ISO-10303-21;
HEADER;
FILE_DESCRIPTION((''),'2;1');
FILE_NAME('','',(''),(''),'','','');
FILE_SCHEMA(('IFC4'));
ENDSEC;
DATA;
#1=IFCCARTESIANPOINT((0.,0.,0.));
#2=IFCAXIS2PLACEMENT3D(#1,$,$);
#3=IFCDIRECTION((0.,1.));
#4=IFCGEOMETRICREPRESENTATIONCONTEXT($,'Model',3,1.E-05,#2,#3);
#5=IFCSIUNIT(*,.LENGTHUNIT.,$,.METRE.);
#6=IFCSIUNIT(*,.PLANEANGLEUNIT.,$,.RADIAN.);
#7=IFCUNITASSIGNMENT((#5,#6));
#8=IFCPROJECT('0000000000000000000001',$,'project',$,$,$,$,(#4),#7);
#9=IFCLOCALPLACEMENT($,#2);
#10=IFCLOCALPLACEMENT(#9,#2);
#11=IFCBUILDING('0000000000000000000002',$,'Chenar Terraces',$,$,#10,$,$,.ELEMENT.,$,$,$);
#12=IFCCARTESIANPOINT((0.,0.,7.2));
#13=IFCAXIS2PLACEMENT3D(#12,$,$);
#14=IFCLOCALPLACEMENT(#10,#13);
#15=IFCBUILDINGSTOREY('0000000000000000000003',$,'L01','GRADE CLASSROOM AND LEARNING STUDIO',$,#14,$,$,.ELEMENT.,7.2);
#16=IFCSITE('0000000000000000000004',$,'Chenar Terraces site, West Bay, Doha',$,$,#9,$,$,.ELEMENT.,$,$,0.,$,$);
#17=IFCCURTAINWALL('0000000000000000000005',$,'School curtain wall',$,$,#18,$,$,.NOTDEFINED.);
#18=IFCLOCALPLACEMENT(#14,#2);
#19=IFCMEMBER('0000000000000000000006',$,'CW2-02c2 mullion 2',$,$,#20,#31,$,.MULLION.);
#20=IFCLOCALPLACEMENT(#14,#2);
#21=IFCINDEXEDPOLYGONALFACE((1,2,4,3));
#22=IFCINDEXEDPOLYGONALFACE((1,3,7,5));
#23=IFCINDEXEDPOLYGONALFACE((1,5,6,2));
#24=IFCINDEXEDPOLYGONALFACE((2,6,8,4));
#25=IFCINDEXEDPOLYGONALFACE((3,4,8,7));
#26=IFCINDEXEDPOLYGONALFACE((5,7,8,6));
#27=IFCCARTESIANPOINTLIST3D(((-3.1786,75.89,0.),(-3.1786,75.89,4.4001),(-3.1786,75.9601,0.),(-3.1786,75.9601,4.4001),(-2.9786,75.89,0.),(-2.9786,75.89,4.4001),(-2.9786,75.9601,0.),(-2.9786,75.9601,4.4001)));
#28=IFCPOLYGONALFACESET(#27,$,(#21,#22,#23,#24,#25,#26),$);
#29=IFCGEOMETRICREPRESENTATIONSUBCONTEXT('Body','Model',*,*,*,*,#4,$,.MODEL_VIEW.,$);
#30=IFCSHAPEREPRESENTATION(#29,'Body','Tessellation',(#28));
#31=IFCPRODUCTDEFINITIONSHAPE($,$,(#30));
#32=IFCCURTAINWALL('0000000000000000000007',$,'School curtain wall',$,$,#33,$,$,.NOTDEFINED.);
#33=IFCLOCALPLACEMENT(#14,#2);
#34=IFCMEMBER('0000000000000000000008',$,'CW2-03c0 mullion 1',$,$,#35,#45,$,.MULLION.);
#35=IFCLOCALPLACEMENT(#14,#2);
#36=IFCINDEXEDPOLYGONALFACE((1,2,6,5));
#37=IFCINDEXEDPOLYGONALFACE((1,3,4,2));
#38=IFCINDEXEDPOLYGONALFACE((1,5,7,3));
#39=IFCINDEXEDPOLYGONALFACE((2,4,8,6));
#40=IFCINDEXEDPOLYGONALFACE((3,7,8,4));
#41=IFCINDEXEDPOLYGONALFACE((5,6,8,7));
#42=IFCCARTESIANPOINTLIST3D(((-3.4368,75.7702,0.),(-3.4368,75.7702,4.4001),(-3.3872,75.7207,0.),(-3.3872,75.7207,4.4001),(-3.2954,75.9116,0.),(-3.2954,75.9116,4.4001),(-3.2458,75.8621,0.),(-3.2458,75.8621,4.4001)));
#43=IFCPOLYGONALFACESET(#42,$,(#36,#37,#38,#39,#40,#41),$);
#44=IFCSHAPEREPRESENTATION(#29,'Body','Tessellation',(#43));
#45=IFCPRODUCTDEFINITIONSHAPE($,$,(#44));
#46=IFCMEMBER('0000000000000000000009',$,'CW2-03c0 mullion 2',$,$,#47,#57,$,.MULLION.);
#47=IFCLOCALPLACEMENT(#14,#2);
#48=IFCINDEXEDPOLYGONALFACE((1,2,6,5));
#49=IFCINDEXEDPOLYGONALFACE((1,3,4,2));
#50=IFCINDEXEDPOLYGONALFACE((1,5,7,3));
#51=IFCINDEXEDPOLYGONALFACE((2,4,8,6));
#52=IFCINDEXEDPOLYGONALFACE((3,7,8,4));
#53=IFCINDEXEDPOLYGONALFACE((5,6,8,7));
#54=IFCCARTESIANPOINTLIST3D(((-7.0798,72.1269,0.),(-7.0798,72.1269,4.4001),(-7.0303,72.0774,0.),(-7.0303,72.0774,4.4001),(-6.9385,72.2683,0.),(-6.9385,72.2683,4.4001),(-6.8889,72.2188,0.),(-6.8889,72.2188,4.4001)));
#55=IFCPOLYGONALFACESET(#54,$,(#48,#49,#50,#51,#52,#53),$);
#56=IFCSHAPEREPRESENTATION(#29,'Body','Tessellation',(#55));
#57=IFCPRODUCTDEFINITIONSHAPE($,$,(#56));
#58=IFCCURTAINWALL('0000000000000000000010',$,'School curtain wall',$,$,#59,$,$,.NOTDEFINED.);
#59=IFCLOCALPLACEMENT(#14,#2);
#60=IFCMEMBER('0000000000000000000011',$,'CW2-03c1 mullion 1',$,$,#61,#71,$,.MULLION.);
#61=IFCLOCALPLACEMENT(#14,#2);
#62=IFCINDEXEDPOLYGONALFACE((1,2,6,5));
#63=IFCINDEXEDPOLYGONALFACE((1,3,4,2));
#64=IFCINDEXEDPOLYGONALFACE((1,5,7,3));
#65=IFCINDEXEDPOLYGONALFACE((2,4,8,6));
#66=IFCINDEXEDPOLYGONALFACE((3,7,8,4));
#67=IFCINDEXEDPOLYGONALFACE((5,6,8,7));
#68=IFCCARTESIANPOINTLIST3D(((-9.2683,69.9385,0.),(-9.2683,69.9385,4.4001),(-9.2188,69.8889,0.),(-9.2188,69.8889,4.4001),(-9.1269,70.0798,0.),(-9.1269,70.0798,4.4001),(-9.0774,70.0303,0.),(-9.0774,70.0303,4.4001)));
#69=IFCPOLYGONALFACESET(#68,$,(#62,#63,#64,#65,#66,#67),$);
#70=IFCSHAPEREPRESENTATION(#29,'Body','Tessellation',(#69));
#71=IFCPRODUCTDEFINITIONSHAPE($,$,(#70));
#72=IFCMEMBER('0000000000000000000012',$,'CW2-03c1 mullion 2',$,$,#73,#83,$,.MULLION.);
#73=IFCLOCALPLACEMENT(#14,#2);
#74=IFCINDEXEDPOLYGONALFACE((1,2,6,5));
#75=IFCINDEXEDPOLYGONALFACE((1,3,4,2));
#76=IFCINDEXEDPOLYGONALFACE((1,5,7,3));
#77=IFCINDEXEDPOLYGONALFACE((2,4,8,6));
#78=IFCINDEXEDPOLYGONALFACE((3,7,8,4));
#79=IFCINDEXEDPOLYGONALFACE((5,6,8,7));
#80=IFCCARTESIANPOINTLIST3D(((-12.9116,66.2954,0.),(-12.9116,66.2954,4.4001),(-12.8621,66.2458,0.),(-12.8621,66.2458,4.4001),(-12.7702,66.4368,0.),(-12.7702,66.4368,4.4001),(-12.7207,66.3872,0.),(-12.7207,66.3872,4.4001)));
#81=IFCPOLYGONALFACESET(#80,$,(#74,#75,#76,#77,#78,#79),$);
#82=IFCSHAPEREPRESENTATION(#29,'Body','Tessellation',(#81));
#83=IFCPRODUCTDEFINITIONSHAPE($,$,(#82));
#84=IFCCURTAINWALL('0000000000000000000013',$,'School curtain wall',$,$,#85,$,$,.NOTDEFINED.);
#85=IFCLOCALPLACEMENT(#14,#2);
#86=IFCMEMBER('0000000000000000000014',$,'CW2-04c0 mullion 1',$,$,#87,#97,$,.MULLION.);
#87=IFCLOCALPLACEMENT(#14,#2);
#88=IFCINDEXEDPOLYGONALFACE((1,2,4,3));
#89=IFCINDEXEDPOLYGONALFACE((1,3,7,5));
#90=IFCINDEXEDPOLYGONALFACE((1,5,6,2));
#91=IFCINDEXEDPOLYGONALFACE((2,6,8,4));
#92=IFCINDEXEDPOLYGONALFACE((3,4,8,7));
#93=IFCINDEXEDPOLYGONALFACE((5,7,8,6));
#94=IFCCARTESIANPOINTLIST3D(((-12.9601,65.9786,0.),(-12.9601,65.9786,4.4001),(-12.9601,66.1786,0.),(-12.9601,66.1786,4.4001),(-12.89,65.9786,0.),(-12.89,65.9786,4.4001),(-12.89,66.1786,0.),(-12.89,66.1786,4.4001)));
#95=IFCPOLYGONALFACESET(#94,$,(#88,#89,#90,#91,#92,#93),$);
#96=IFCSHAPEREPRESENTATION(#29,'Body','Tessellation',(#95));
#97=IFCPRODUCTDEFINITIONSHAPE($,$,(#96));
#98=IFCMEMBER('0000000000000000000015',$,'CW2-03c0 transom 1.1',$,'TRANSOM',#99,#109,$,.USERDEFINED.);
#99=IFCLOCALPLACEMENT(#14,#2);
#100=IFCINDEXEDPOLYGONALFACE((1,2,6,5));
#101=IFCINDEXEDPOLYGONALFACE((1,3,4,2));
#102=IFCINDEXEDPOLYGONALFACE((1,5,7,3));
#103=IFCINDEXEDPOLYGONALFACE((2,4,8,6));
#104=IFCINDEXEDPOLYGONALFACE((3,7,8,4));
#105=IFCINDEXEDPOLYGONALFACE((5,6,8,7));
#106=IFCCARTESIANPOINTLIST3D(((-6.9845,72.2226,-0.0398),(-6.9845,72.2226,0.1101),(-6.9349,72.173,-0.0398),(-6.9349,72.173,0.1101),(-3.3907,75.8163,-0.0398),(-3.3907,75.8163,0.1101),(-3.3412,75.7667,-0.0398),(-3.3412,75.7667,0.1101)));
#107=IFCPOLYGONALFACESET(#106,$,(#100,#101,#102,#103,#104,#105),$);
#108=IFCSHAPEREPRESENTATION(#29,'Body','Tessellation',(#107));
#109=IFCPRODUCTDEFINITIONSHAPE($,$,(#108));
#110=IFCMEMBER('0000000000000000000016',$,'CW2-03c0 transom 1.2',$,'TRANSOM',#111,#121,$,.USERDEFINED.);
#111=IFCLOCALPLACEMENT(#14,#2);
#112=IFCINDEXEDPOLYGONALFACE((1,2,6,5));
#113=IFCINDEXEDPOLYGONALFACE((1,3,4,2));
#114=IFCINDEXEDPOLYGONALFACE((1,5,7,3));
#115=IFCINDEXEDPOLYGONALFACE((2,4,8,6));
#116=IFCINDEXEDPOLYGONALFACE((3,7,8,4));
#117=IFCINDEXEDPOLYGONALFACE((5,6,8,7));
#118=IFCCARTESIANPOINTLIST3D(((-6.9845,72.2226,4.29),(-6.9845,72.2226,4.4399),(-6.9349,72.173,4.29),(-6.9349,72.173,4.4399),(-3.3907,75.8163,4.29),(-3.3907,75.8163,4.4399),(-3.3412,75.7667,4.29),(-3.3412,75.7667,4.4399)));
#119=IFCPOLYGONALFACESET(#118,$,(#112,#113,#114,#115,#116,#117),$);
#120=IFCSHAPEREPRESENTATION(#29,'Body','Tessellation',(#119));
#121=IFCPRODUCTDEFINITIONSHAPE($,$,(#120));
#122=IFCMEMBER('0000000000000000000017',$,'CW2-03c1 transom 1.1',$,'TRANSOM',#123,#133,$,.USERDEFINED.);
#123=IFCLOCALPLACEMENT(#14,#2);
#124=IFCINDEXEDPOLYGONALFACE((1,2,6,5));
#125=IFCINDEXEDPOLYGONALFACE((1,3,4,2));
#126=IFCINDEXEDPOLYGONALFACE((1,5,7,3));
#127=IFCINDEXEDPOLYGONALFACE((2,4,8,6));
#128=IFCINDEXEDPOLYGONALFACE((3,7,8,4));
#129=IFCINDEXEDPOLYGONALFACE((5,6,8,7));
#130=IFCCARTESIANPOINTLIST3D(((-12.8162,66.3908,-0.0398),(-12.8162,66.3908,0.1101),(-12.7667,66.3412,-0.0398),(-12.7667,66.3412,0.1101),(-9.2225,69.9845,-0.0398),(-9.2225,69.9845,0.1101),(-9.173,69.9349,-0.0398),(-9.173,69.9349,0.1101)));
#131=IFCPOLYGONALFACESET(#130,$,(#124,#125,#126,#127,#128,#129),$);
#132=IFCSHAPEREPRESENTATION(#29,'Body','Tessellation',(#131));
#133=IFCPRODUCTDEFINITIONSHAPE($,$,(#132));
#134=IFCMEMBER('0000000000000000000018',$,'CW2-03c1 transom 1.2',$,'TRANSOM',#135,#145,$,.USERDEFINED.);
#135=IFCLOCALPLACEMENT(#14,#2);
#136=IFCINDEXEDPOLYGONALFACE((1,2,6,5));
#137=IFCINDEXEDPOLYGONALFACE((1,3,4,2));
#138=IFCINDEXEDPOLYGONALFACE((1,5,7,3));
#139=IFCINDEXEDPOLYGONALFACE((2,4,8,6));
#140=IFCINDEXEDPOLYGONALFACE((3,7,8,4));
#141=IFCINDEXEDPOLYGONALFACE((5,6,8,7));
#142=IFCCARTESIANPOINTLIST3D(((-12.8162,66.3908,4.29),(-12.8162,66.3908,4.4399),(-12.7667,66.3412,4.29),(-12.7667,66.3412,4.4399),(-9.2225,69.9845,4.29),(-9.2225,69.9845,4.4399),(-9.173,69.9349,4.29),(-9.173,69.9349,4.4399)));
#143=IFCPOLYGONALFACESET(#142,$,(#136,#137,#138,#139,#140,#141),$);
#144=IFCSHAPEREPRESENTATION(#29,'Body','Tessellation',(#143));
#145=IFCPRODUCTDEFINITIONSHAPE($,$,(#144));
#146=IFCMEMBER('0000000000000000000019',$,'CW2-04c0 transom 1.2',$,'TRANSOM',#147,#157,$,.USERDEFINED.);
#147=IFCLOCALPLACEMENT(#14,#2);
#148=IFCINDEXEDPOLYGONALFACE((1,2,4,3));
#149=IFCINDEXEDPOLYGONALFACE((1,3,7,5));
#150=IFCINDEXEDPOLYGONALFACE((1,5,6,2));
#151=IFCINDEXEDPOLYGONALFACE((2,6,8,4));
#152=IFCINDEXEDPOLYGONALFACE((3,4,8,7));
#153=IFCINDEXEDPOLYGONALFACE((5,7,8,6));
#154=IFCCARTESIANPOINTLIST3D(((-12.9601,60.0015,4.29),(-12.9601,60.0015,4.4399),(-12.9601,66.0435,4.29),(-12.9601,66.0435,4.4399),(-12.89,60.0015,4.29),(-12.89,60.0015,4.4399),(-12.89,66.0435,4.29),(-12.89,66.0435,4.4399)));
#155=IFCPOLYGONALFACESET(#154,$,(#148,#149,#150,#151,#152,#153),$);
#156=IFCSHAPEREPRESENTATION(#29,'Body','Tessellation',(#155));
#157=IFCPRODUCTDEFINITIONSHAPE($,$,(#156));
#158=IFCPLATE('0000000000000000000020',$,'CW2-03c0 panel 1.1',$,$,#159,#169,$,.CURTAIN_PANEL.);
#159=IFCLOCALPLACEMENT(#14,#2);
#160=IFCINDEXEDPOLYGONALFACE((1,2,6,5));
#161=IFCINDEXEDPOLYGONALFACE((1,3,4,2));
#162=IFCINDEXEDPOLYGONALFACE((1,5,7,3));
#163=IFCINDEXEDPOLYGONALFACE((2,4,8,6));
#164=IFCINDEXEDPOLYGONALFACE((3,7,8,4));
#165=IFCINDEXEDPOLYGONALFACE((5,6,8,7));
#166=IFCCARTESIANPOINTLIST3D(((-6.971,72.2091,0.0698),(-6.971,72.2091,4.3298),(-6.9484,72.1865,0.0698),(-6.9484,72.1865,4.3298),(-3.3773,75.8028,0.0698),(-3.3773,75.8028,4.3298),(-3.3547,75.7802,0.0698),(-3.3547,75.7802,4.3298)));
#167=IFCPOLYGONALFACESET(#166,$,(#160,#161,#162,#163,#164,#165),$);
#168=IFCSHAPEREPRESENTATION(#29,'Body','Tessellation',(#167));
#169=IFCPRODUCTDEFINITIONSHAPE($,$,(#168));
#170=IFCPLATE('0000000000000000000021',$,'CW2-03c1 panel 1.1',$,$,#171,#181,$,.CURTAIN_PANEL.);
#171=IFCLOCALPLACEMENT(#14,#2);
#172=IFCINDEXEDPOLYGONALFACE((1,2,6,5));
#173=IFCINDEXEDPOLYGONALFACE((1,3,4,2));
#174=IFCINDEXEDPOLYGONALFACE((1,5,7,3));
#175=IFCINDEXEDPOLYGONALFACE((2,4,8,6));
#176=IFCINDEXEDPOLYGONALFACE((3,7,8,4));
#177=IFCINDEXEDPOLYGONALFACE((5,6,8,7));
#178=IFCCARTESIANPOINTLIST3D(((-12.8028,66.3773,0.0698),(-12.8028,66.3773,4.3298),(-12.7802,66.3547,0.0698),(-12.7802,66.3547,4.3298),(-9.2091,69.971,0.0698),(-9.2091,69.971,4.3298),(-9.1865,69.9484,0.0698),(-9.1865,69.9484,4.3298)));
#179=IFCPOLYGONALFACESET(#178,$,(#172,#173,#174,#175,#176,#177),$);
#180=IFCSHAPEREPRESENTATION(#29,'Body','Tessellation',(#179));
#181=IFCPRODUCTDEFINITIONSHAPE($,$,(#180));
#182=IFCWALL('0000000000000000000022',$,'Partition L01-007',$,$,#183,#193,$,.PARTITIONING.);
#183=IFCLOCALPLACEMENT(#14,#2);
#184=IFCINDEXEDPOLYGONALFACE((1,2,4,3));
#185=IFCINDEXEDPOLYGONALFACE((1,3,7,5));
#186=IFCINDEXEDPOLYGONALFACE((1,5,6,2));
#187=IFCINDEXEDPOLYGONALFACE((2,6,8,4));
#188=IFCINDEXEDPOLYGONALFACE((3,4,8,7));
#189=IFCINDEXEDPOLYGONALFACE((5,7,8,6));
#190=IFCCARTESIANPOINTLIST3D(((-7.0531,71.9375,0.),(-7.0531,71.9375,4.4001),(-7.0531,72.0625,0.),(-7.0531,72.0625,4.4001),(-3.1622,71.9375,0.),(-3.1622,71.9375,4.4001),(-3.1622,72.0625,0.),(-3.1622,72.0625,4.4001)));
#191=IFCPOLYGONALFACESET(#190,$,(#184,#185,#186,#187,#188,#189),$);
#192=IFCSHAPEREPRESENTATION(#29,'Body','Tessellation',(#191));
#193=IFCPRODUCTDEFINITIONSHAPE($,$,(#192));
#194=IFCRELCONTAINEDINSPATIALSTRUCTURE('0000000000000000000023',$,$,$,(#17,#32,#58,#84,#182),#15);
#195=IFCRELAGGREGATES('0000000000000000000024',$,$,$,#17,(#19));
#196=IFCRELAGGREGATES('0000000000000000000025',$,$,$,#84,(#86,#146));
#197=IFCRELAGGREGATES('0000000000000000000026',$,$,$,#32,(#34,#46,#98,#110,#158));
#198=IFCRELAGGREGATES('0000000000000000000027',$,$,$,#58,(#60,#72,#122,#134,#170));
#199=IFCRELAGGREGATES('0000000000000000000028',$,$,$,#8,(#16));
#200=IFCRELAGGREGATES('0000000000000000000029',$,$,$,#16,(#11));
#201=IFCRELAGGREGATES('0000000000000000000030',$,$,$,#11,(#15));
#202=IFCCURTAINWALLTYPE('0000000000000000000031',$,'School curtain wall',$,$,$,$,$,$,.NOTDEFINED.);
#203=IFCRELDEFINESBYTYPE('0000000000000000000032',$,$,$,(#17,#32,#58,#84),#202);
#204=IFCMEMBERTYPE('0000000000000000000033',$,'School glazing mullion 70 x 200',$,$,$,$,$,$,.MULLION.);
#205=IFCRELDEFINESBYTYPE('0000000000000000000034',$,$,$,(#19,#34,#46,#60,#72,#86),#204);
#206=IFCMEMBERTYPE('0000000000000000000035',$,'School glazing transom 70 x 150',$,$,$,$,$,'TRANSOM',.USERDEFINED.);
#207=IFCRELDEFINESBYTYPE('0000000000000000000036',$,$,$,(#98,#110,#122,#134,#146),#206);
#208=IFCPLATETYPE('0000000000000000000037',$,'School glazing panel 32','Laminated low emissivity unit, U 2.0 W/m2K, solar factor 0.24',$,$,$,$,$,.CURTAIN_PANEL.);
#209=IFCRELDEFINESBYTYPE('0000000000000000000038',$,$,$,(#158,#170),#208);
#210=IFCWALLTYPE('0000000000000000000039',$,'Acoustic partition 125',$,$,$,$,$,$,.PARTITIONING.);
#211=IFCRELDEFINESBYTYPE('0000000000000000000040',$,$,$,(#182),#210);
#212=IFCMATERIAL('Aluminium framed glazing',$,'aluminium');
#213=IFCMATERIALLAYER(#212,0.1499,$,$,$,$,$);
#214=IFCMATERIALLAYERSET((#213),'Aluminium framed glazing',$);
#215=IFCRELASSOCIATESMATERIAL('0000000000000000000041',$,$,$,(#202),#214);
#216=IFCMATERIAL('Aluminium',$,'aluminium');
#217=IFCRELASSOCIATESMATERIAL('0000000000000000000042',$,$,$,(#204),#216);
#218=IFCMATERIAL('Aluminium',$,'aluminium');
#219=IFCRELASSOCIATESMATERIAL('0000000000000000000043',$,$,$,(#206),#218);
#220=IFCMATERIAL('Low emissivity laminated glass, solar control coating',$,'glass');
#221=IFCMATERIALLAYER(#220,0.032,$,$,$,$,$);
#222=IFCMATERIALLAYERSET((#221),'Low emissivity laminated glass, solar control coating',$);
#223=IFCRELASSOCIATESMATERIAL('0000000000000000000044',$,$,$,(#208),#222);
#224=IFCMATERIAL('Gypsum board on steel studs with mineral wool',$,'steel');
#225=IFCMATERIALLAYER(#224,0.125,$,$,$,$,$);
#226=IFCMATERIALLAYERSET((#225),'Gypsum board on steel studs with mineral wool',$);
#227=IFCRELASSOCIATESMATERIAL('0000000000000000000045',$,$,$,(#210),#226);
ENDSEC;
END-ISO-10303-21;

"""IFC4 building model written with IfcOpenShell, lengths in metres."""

from ifc_helpers import new_model, si_unit, direction, frame, frame_2d, origin, origin_2d, place, context, subcontext, project, spatial, rectangle, extrude, material, layer, layer_set, material_profile, profile_set, type_object, element, aggregate, save


model = new_model("IFC4")

# Units and contexts
model_context = context("Model", 3, precision=1e-05, world=origin(), true_north=direction((0.0, 1.0)))
body_context = subcontext(model_context, "Body", "Model", "MODEL_VIEW")
ifc_project = project(units=[si_unit("LENGTHUNIT", "METRE"), si_unit("PLANEANGLEUNIT", "RADIAN")], contexts=[model_context])

# Site, building, storey
site_placement = place(None, origin())
site = spatial("IfcSite", under=ifc_project, at=site_placement, Name="Chenar Terraces site, West Bay, Doha", CompositionType="ELEMENT", RefElevation=0.0)
building_placement = place(site_placement, origin())
building = spatial("IfcBuilding", under=site, at=building_placement, Name="Chenar Terraces", CompositionType="ELEMENT")
storey_placement = place(building_placement, frame((0.0, 0.0, 7.2)))
storey = spatial("IfcBuildingStorey", under=building, at=storey_placement, Name="L01", Description="GRADE CLASSROOM AND LEARNING STUDIO", CompositionType="ELEMENT", Elevation=7.2)

# Curtain wall, member
ifc_material_1 = material(Name="Aluminium framed glazing", Category="aluminium")
ifc_layer_1 = layer(ifc_material_1, 0.1499)
ifc_layer_set_1 = layer_set([ifc_layer_1], Name="Aluminium framed glazing")
curtain_wall_type = type_object("IfcCurtainWallType", Name="School curtain wall", PredefinedType="NOTDEFINED", material=ifc_layer_set_1)
placement = place(storey_placement, origin())
curtain_wall_1 = element("IfcCurtainWall", 1, at=placement, inside=storey, type_object=curtain_wall_type, Name="School curtain wall", PredefinedType="NOTDEFINED")
ifc_material_2 = material(Name="Aluminium", Category="aluminium")
ifc_material_profile_1 = material_profile(ifc_material_2, rectangle(XDim=0.0701, YDim=0.2, at=origin_2d()), Name="School glazing mullion 70 x 200")
ifc_profile_set_1 = profile_set([ifc_material_profile_1], Name="Aluminium")
member_type_1 = type_object("IfcMemberType", Name="School glazing mullion 70 x 200", PredefinedType="MULLION", material=ifc_profile_set_1)
member_1_placement = place(storey_placement, frame((-3.0786, 75.925, 0.0), z_axis=(0.0, 0.0, 1.0), x_axis=(0.0, -1.0, 0.0)))
member_1 = element("IfcMember", 2, at=member_1_placement, type_object=member_type_1, Name="CW2-02c2 mullion 2", PredefinedType="MULLION", context=body_context, shape_type="SweptSolid", body=[
    extrude(rectangle(XDim=0.0701, YDim=0.2, at=origin_2d()), origin(), (0.0, 0.0, 1.0), 4.4001),
])
aggregate(curtain_wall_1, [member_1])

# Curtain walls, members
curtain_wall_2 = element("IfcCurtainWall", 3, at=placement, inside=storey, type_object=curtain_wall_type, Name="School curtain wall", PredefinedType="NOTDEFINED")
member_2_placement = place(storey_placement, frame((-3.3413, 75.8162, 0.0), z_axis=(0.0, 0.0, 1.0), x_axis=(0.707107, -0.707107, 0.0)))
member_2 = element("IfcMember", 4, at=member_2_placement, type_object=member_type_1, Name="CW2-03c0 mullion 1", PredefinedType="MULLION", context=body_context, shape_type="SweptSolid", body=[
    extrude(rectangle(XDim=0.0701, YDim=0.2, at=origin_2d()), origin(), (0.0, 0.0, 1.0), 4.4001),
])
member_3_placement = place(storey_placement, frame((-6.9844, 72.1729, 0.0), z_axis=(0.0, 0.0, 1.0), x_axis=(0.707107, -0.707107, 0.0)))
member_3 = element("IfcMember", 5, at=member_3_placement, type_object=member_type_1, Name="CW2-03c0 mullion 2", PredefinedType="MULLION", context=body_context, shape_type="SweptSolid", body=[
    extrude(rectangle(XDim=0.0701, YDim=0.2, at=origin_2d()), origin(), (0.0, 0.0, 1.0), 4.4001),
])
curtain_wall_3 = element("IfcCurtainWall", 6, at=placement, inside=storey, type_object=curtain_wall_type, Name="School curtain wall", PredefinedType="NOTDEFINED")
member_4_placement = place(storey_placement, frame((-9.1729, 69.9844, 0.0), z_axis=(0.0, 0.0, 1.0), x_axis=(0.707107, -0.707107, 0.0)))
member_4 = element("IfcMember", 7, at=member_4_placement, type_object=member_type_1, Name="CW2-03c1 mullion 1", PredefinedType="MULLION", context=body_context, shape_type="SweptSolid", body=[
    extrude(rectangle(XDim=0.0701, YDim=0.2, at=origin_2d()), origin(), (0.0, 0.0, 1.0), 4.4001),
])
member_5_placement = place(storey_placement, frame((-12.8162, 66.3413, 0.0), z_axis=(0.0, 0.0, 1.0), x_axis=(0.707107, -0.707107, 0.0)))
member_5 = element("IfcMember", 8, at=member_5_placement, type_object=member_type_1, Name="CW2-03c1 mullion 2", PredefinedType="MULLION", context=body_context, shape_type="SweptSolid", body=[
    extrude(rectangle(XDim=0.0701, YDim=0.2, at=origin_2d()), origin(), (0.0, 0.0, 1.0), 4.4001),
])

# Curtain wall, member
curtain_wall_4 = element("IfcCurtainWall", 9, at=placement, inside=storey, type_object=curtain_wall_type, Name="School curtain wall", PredefinedType="NOTDEFINED")
member_6_placement = place(storey_placement, frame((-12.925, 66.0786, 0.0), z_axis=(0.0, 0.0, 1.0), x_axis=(1.0, 0.0, 0.0)))
member_6 = element("IfcMember", 10, at=member_6_placement, type_object=member_type_1, Name="CW2-04c0 mullion 1", PredefinedType="MULLION", context=body_context, shape_type="SweptSolid", body=[
    extrude(rectangle(XDim=0.0701, YDim=0.2, at=origin_2d()), origin(), (0.0, 0.0, 1.0), 4.4001),
])

# Members
ifc_material_3 = material(Name="Aluminium", Category="aluminium")
ifc_material_profile_2 = material_profile(ifc_material_3, rectangle(XDim=0.0701, YDim=0.1499, at=origin_2d()), Name="School glazing transom 70 x 150")
ifc_profile_set_2 = profile_set([ifc_material_profile_2], Name="Aluminium")
member_type_2 = type_object("IfcMemberType", Name="School glazing transom 70 x 150", ElementType="TRANSOM", PredefinedType="USERDEFINED", material=ifc_profile_set_2)
member_7_placement = place(storey_placement, frame((-3.366, 75.7915, 0.0352), z_axis=(-0.707107, -0.707107, 0.0), x_axis=(0.707107, -0.707107, 0.0)))
member_7 = element("IfcMember", 11, at=member_7_placement, type_object=member_type_2, Name="CW2-03c0 transom 1.1", ObjectType="TRANSOM", PredefinedType="USERDEFINED", context=body_context, shape_type="SweptSolid", body=[
    extrude(rectangle(XDim=0.0701, YDim=0.1499, at=origin_2d()), origin(), (0.0, 0.0, 1.0), 5.0823),
])
member_8_placement = place(storey_placement, frame((-3.366, 75.7915, 4.365), z_axis=(-0.707107, -0.707107, 0.0), x_axis=(0.707107, -0.707107, 0.0)))
member_8 = element("IfcMember", 12, at=member_8_placement, type_object=member_type_2, Name="CW2-03c0 transom 1.2", ObjectType="TRANSOM", PredefinedType="USERDEFINED", context=body_context, shape_type="SweptSolid", body=[
    extrude(rectangle(XDim=0.0701, YDim=0.1499, at=origin_2d()), origin(), (0.0, 0.0, 1.0), 5.0823),
])
member_9_placement = place(storey_placement, frame((-9.1978, 69.9597, 0.0352), z_axis=(-0.707107, -0.707107, 0.0), x_axis=(0.707107, -0.707107, 0.0)))
member_9 = element("IfcMember", 13, at=member_9_placement, type_object=member_type_2, Name="CW2-03c1 transom 1.1", ObjectType="TRANSOM", PredefinedType="USERDEFINED", context=body_context, shape_type="SweptSolid", body=[
    extrude(rectangle(XDim=0.0701, YDim=0.1499, at=origin_2d()), origin(), (0.0, 0.0, 1.0), 5.0823),
])
member_10_placement = place(storey_placement, frame((-9.1978, 69.9597, 4.365), z_axis=(-0.707107, -0.707107, 0.0), x_axis=(0.707107, -0.707107, 0.0)))
member_10 = element("IfcMember", 14, at=member_10_placement, type_object=member_type_2, Name="CW2-03c1 transom 1.2", ObjectType="TRANSOM", PredefinedType="USERDEFINED", context=body_context, shape_type="SweptSolid", body=[
    extrude(rectangle(XDim=0.0701, YDim=0.1499, at=origin_2d()), origin(), (0.0, 0.0, 1.0), 5.0823),
])
member_11_placement = place(storey_placement, frame((-12.925, 66.0435, 4.365), z_axis=(0.0, -1.0, 0.0), x_axis=(1.0, 0.0, 0.0)))
member_11 = element("IfcMember", 15, at=member_11_placement, type_object=member_type_2, Name="CW2-04c0 transom 1.2", ObjectType="TRANSOM", PredefinedType="USERDEFINED", context=body_context, shape_type="SweptSolid", body=[
    extrude(rectangle(XDim=0.0701, YDim=0.1499, at=origin_2d()), origin(), (0.0, 0.0, 1.0), 6.042),
])
aggregate(curtain_wall_4, [member_6, member_11])

# Plates
ifc_material_4 = material(Name="Low emissivity laminated glass, solar control coating", Category="glass")
ifc_layer_2 = layer(ifc_material_4, 0.032)
ifc_layer_set_2 = layer_set([ifc_layer_2], Name="Low emissivity laminated glass, solar control coating")
plate_type = type_object("IfcPlateType", Name="School glazing panel 32", Description="Laminated low emissivity unit, U 2.0 W/m2K, solar factor 0.24", PredefinedType="CURTAIN_PANEL", material=ifc_layer_set_2)
plate_1_placement = place(storey_placement, frame((-5.1628, 73.9946, 0.0698), z_axis=(0.0, 0.0, 1.0), x_axis=(-0.707107, -0.707107, 0.0)))
plate_1 = element("IfcPlate", 16, at=plate_1_placement, type_object=plate_type, Name="CW2-03c0 panel 1.1", PredefinedType="CURTAIN_PANEL", context=body_context, shape_type="SweptSolid", body=[
    extrude(rectangle(XDim=5.0823, YDim=0.032, at=origin_2d()), origin(), (0.0, 0.0, 1.0), 4.26),
])
aggregate(curtain_wall_2, [member_2, member_3, member_7, member_8, plate_1])
plate_2_placement = place(storey_placement, frame((-10.9946, 68.1628, 0.0698), z_axis=(0.0, 0.0, 1.0), x_axis=(-0.707107, -0.707107, 0.0)))
plate_2 = element("IfcPlate", 17, at=plate_2_placement, type_object=plate_type, Name="CW2-03c1 panel 1.1", PredefinedType="CURTAIN_PANEL", context=body_context, shape_type="SweptSolid", body=[
    extrude(rectangle(XDim=5.0823, YDim=0.032, at=origin_2d()), origin(), (0.0, 0.0, 1.0), 4.26),
])
aggregate(curtain_wall_3, [member_4, member_5, member_9, member_10, plate_2])

# Wall
ifc_material_5 = material(Name="Gypsum board on steel studs with mineral wool", Category="steel")
ifc_layer_3 = layer(ifc_material_5, 0.125)
ifc_layer_set_3 = layer_set([ifc_layer_3], Name="Gypsum board on steel studs with mineral wool")
wall_type_1 = type_object("IfcWallType", Name="Acoustic partition 125", PredefinedType="PARTITIONING", material=ifc_layer_set_3)
wall_1_placement = place(storey_placement, frame((-7.053, 72.0, 0.0), z_axis=(0.0, 0.0, 1.0), x_axis=(1.0, 0.0, 0.0)))
element("IfcWall", 18, at=wall_1_placement, inside=storey, type_object=wall_type_1, Name="Partition L01-007", PredefinedType="PARTITIONING", context=body_context, shape_type="SweptSolid", body=[
    extrude(rectangle(XDim=3.8909, YDim=0.125, at=frame_2d((1.9453, 0.0))), origin(), (0.0, 0.0, 1.0), 4.4001),
])

save(model, "model.ifc")
